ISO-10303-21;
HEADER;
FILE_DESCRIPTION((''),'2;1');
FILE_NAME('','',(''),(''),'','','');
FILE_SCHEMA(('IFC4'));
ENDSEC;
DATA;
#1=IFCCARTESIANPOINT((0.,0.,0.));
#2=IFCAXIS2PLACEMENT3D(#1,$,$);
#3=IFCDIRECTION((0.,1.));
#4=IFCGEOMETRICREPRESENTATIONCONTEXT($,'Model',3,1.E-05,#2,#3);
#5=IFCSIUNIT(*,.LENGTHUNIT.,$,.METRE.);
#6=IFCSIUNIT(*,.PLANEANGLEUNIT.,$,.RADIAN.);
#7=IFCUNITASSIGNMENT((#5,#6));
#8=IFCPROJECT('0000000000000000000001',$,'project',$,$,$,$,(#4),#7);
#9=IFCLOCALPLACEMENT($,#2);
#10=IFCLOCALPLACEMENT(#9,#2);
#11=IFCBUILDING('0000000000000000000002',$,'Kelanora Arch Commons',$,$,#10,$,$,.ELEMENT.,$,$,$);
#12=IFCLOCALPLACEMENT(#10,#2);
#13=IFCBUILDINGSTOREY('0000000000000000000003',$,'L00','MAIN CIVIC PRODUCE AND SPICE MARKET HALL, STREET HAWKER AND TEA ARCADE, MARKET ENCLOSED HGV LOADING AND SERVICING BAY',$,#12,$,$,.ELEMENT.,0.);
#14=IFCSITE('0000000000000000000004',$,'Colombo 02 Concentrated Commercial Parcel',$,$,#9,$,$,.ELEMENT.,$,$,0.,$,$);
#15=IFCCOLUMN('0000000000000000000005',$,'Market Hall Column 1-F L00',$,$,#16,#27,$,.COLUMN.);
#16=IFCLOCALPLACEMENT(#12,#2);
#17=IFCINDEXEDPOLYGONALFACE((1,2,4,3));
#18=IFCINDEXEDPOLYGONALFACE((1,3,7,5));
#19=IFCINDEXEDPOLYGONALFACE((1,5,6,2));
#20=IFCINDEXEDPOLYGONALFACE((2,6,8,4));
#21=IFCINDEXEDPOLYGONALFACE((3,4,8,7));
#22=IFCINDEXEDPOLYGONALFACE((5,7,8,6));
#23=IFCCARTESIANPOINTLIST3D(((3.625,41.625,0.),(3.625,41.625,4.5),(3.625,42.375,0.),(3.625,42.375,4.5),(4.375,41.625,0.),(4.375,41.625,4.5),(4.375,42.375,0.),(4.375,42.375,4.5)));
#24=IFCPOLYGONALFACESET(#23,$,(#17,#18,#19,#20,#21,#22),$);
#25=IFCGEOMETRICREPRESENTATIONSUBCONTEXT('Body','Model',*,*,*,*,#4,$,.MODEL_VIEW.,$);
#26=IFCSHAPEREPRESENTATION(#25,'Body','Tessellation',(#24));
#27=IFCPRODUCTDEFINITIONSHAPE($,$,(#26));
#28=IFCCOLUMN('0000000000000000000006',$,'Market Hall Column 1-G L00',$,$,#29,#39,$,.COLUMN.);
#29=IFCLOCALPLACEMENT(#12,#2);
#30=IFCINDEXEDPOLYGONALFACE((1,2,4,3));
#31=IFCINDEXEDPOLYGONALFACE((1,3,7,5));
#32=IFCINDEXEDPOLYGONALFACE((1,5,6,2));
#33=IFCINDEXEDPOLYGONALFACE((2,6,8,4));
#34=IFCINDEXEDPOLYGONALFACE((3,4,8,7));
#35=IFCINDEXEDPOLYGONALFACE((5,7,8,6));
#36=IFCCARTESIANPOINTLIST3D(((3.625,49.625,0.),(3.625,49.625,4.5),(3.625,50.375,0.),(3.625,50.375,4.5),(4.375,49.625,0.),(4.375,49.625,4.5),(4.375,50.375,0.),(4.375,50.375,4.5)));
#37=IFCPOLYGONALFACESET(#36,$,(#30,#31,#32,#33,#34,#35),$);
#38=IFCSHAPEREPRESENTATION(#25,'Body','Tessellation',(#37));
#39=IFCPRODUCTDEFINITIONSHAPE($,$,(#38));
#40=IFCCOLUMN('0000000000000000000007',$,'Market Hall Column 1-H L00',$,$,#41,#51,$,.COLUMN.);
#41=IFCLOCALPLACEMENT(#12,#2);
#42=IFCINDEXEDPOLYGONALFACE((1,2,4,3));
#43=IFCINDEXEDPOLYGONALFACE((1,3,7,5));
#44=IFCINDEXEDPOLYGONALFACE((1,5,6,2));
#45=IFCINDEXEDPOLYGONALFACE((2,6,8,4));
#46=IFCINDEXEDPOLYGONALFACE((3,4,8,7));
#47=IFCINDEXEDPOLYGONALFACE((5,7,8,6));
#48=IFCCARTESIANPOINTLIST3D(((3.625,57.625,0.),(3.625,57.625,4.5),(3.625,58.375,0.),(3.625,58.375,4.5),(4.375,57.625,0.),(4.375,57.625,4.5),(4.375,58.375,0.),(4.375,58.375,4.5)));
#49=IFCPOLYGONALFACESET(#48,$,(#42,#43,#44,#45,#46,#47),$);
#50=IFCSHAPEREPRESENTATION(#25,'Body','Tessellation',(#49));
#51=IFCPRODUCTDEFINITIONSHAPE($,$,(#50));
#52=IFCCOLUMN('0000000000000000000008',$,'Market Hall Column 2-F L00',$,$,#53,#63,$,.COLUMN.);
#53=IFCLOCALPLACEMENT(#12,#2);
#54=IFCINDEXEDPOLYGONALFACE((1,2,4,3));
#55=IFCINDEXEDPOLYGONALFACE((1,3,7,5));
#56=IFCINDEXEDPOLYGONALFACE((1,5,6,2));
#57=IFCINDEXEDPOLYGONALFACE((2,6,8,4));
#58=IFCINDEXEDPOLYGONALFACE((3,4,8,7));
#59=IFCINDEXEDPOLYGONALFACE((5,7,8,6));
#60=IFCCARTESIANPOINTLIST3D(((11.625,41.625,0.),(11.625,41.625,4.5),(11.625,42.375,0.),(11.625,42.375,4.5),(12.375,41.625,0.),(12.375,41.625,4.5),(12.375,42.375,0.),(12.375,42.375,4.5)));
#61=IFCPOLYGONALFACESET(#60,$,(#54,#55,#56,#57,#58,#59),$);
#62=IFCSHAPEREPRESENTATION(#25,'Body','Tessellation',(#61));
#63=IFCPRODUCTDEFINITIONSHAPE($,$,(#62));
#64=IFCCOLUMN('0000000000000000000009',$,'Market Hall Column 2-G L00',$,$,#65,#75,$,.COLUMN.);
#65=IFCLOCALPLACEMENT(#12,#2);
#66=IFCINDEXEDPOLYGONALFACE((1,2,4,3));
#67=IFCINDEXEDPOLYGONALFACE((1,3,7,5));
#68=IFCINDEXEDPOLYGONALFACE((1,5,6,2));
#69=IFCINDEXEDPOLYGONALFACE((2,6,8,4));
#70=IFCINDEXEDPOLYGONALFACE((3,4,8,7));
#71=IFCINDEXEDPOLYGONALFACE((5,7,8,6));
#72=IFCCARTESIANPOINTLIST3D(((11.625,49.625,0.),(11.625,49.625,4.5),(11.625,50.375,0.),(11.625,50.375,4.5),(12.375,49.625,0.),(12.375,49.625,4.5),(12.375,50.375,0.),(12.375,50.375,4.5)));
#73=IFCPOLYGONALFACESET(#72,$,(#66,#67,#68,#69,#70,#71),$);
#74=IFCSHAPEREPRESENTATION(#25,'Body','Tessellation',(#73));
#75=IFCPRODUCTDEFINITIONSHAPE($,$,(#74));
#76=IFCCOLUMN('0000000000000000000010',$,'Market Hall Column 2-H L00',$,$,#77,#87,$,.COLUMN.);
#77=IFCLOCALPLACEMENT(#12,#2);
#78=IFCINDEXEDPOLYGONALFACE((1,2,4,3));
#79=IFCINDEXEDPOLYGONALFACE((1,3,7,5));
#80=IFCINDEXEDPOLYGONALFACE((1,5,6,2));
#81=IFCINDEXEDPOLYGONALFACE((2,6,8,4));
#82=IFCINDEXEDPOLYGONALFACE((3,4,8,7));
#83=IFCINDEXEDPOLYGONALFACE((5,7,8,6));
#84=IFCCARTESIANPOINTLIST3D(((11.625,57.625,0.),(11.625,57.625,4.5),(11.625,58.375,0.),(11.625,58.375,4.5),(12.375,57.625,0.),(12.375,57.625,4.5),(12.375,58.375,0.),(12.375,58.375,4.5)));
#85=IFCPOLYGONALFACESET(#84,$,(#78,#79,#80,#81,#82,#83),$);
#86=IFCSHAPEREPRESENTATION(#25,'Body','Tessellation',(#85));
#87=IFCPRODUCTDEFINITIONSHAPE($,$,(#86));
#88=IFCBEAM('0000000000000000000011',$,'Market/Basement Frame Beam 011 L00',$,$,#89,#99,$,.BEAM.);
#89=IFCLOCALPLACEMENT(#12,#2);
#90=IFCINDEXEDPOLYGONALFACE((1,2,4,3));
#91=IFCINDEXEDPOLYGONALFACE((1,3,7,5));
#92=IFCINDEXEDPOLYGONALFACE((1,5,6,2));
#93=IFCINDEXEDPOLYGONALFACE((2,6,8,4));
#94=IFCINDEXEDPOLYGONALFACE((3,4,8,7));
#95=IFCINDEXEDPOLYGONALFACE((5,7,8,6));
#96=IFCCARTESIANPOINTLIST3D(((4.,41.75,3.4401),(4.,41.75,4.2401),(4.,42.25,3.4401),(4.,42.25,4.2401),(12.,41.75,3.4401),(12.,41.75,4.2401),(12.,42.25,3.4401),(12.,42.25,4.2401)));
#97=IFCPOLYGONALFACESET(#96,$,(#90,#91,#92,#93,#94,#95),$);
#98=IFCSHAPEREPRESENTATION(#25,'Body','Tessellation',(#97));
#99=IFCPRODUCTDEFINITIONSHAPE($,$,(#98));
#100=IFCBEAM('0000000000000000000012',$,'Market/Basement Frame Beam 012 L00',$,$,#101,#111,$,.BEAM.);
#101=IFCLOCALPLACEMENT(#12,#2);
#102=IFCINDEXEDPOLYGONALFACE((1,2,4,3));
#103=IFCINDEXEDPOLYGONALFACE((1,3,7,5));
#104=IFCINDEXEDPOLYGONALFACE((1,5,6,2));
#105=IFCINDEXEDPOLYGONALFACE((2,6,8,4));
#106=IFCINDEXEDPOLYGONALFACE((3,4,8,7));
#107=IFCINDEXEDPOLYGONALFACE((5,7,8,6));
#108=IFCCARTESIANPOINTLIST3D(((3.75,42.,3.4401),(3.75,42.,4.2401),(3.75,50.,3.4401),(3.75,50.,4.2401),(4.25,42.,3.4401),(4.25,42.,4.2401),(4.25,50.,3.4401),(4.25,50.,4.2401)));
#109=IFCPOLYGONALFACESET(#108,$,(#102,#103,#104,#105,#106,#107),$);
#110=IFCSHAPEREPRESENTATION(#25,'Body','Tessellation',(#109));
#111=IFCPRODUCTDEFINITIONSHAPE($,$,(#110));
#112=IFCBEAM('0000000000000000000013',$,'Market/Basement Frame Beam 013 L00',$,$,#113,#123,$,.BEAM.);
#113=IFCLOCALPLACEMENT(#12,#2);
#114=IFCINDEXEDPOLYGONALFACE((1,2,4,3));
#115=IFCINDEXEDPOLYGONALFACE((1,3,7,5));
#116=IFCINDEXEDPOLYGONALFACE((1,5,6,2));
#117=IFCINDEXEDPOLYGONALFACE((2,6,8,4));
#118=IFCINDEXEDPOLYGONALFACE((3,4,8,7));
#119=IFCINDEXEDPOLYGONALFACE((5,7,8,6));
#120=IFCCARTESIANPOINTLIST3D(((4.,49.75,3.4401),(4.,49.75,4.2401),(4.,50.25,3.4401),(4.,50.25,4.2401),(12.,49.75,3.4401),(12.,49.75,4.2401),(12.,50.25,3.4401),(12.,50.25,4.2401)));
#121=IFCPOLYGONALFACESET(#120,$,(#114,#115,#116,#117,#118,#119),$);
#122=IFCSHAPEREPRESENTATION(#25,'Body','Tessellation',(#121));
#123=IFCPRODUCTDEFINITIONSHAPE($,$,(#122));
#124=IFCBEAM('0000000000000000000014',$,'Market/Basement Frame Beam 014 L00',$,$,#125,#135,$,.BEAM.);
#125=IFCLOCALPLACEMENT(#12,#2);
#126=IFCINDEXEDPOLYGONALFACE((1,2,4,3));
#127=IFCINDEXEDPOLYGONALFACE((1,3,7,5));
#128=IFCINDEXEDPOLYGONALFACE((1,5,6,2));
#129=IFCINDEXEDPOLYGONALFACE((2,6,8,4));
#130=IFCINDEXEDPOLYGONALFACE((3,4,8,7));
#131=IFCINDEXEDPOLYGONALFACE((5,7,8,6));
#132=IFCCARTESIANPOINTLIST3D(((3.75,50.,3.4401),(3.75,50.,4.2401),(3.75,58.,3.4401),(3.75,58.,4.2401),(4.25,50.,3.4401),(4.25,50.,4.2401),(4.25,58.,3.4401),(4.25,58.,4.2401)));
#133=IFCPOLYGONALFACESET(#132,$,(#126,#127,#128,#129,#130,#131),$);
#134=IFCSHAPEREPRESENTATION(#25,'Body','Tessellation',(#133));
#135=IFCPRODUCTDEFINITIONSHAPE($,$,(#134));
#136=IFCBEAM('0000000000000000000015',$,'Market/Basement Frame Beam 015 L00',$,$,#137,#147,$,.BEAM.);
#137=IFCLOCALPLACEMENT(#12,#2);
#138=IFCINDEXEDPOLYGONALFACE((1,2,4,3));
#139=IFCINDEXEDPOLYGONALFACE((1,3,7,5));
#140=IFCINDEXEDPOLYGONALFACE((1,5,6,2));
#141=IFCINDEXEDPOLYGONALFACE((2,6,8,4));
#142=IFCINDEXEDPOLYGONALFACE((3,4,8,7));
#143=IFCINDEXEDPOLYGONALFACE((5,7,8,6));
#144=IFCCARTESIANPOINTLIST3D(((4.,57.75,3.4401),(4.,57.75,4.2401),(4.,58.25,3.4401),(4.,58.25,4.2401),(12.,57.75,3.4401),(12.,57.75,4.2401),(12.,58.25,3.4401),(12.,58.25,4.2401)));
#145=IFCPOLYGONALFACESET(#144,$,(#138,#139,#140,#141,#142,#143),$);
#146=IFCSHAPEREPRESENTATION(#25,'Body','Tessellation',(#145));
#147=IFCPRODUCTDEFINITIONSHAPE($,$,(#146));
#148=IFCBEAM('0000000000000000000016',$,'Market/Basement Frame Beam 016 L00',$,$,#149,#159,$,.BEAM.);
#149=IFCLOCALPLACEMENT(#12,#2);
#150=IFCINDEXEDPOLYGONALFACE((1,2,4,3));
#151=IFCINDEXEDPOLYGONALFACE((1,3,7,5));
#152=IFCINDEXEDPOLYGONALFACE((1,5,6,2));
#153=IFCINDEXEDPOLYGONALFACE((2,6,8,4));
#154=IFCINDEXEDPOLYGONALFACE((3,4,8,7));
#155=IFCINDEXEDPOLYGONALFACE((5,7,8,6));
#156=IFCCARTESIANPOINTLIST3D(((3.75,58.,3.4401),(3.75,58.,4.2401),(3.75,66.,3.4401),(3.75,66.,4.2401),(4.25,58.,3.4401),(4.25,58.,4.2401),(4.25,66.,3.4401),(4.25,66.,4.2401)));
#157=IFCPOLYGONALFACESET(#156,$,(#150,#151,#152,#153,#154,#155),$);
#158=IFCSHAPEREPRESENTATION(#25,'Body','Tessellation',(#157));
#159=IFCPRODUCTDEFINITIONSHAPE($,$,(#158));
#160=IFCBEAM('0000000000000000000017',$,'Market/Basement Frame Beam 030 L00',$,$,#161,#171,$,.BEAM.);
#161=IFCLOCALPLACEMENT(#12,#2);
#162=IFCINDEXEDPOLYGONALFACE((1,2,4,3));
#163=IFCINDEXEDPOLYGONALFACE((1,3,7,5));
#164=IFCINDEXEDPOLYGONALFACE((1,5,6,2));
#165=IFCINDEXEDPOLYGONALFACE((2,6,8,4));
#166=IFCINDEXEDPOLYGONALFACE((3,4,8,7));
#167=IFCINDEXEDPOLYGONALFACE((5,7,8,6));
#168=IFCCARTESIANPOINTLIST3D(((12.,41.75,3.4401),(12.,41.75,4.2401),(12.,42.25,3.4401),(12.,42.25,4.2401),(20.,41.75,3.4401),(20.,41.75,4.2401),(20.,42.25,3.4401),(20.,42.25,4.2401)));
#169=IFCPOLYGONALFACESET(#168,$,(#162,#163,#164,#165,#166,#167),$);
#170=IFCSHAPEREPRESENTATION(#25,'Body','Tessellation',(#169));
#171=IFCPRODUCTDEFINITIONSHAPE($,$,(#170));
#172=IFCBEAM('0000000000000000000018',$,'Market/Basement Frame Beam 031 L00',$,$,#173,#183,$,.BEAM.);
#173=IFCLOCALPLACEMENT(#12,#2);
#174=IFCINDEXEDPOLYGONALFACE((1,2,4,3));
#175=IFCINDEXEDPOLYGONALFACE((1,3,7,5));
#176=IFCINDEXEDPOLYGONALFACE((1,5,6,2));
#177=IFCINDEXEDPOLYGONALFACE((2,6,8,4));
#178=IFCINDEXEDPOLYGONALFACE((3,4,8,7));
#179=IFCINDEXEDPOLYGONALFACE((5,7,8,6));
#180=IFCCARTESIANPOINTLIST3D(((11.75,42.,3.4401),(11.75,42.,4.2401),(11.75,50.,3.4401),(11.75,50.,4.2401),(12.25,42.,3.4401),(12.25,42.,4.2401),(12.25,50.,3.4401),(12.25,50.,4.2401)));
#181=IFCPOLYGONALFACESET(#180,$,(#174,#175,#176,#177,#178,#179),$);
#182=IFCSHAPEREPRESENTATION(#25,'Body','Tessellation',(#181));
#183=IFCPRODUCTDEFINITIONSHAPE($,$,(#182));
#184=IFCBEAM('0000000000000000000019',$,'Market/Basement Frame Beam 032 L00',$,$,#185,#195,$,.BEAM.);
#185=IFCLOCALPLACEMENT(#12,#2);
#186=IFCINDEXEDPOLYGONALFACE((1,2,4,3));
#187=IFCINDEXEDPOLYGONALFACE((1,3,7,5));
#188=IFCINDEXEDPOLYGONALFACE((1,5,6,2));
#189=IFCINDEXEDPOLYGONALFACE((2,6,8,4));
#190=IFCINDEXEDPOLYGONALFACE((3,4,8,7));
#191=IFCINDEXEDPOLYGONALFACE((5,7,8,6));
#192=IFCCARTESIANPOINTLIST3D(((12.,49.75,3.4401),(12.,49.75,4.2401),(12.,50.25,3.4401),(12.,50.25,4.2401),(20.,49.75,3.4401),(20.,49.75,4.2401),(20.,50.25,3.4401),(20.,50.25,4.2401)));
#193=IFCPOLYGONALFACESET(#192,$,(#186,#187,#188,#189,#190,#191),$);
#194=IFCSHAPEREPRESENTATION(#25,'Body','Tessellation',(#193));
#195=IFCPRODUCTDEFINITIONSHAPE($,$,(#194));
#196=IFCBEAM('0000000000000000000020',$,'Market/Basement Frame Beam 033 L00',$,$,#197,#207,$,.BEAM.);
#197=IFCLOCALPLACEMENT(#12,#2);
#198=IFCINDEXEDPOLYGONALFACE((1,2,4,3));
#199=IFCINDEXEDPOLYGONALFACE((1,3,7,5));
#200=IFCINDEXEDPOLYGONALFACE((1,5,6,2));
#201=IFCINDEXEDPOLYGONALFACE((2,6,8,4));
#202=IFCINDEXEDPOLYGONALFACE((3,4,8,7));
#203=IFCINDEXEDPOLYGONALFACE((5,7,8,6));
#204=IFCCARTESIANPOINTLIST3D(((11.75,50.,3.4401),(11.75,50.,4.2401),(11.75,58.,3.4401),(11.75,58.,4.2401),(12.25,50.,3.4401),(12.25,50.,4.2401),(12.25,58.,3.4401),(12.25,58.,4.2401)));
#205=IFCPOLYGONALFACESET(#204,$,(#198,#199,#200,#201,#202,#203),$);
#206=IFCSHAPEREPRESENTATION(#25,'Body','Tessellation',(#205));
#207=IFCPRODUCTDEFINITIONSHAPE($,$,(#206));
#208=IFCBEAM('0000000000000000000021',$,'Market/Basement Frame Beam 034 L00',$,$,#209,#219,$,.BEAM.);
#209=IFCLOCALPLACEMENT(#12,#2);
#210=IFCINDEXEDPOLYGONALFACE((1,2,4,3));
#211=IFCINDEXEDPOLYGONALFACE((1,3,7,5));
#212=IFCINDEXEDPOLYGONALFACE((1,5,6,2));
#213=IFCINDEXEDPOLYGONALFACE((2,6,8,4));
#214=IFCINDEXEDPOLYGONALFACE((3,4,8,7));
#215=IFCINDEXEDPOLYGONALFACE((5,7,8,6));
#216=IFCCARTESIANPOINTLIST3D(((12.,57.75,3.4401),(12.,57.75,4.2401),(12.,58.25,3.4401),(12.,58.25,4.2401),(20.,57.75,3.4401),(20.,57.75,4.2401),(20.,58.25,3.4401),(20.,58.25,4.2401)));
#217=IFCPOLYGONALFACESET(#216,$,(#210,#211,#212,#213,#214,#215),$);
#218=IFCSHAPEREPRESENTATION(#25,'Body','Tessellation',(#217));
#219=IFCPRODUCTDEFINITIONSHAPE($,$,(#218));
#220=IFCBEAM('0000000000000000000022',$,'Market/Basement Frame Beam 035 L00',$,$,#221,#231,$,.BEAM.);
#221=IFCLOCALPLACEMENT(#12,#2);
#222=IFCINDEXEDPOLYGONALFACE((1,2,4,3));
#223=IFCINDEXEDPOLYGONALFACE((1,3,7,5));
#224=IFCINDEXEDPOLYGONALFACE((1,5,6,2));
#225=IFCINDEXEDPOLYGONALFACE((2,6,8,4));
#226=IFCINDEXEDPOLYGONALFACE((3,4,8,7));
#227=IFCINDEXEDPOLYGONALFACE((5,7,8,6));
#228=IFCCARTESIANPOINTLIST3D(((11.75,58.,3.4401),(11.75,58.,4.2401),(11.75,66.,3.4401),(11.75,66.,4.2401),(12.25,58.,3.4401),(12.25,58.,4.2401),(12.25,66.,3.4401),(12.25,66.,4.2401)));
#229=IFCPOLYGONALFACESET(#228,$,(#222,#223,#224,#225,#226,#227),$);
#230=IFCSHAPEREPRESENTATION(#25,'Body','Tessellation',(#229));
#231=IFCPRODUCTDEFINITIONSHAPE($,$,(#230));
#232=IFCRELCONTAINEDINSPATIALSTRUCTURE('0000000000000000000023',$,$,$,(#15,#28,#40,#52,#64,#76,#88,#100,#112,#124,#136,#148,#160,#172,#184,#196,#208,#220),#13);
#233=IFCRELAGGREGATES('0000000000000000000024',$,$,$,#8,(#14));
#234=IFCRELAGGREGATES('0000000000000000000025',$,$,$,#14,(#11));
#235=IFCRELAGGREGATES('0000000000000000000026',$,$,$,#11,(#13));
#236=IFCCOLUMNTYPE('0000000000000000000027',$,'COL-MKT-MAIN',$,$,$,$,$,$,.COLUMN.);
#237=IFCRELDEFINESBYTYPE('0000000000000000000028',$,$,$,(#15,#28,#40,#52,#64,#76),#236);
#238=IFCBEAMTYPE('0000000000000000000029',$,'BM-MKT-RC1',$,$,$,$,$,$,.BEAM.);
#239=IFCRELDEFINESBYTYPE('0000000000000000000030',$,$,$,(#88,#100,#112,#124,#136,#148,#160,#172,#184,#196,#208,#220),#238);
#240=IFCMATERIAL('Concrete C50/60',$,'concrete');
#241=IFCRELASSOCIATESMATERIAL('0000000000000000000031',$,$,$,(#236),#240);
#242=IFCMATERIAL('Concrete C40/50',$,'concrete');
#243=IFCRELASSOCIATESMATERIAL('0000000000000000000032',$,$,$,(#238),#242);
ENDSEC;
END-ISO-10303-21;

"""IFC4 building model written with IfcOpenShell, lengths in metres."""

from ifc_helpers import new_model, si_unit, direction, frame, origin, origin_2d, place, context, subcontext, project, spatial, rectangle, extrude, material, material_profile, profile_set, type_object, element, save


model = new_model("IFC4")

# Units and contexts
model_context = context("Model", 3, precision=1e-05, world=origin(), true_north=direction((0.0, 1.0)))
body_context = subcontext(model_context, "Body", "Model", "MODEL_VIEW")
ifc_project = project(units=[si_unit("LENGTHUNIT", "METRE"), si_unit("PLANEANGLEUNIT", "RADIAN")], contexts=[model_context])

# Site, building, storey
site_placement = place(None, origin())
site = spatial("IfcSite", under=ifc_project, at=site_placement, Name="Colombo 02 Concentrated Commercial Parcel", CompositionType="ELEMENT", RefElevation=0.0)
building_placement = place(site_placement, origin())
building = spatial("IfcBuilding", under=site, at=building_placement, Name="Kelanora Arch Commons", CompositionType="ELEMENT")
storey_placement = place(building_placement, origin())
storey = spatial("IfcBuildingStorey", under=building, at=storey_placement, Name="L00", Description="MAIN CIVIC PRODUCE AND SPICE MARKET HALL, STREET HAWKER AND TEA ARCADE, MARKET ENCLOSED HGV LOADING AND SERVICING BAY", CompositionType="ELEMENT", Elevation=0.0)

# Columns
ifc_material_1 = material(Name="Concrete C50/60", Category="concrete")
ifc_material_profile_1 = material_profile(ifc_material_1, rectangle(XDim=0.75, YDim=0.75, at=origin_2d()), Name="RC750x750")
ifc_profile_set_1 = profile_set([ifc_material_profile_1], Name="Concrete C50/60")
column_type = type_object("IfcColumnType", Name="COL-MKT-MAIN", PredefinedType="COLUMN", material=ifc_profile_set_1)
for number, where, z_axis, x_axis, name in (
    (1, (4.0, 42.0, 0.0), (0.0, 0.0, 1.0), (1.0, 0.0, 0.0), "Market Hall Column 1-F L00"),
    (2, (4.0, 50.0, 0.0), (0.0, 0.0, 1.0), (1.0, 0.0, 0.0), "Market Hall Column 1-G L00"),
    (3, (4.0, 58.0, 0.0), (0.0, 0.0, 1.0), (1.0, 0.0, 0.0), "Market Hall Column 1-H L00"),
    (4, (12.0, 42.0, 0.0), (0.0, 0.0, 1.0), (1.0, 0.0, 0.0), "Market Hall Column 2-F L00"),
    (5, (12.0, 50.0, 0.0), (0.0, 0.0, 1.0), (1.0, 0.0, 0.0), "Market Hall Column 2-G L00"),
    (6, (12.0, 58.0, 0.0), (0.0, 0.0, 1.0), (1.0, 0.0, 0.0), "Market Hall Column 2-H L00"),
):
    element("IfcColumn", number, at=place(storey_placement, frame(where, z_axis=z_axis, x_axis=x_axis)), inside=storey, type_object=column_type, Name=name, PredefinedType="COLUMN", context=body_context, shape_type="SweptSolid", body=[
        extrude(rectangle(XDim=0.75, YDim=0.75, at=origin_2d()), origin(), (0.0, 0.0, 1.0), 4.5),
    ])

# Beams
ifc_material_2 = material(Name="Concrete C40/50", Category="concrete")
ifc_material_profile_2 = material_profile(ifc_material_2, rectangle(XDim=0.5, YDim=0.8, at=origin_2d()), Name="RCB500x800")
ifc_profile_set_2 = profile_set([ifc_material_profile_2], Name="Concrete C40/50")
beam_type = type_object("IfcBeamType", Name="BM-MKT-RC1", PredefinedType="BEAM", material=ifc_profile_set_2)
for number, where, z_axis, x_axis, name in (
    (7, (4.0, 42.0, 3.8401), (1.0, 0.0, 0.0), (0.0, 1.0, 0.0), "Market/Basement Frame Beam 011 L00"),
    (8, (4.0, 42.0, 3.8401), (0.0, 1.0, 0.0), (-1.0, 0.0, 0.0), "Market/Basement Frame Beam 012 L00"),
    (9, (4.0, 50.0, 3.8401), (1.0, 0.0, 0.0), (0.0, 1.0, 0.0), "Market/Basement Frame Beam 013 L00"),
    (10, (4.0, 50.0, 3.8401), (0.0, 1.0, 0.0), (-1.0, 0.0, 0.0), "Market/Basement Frame Beam 014 L00"),
    (11, (4.0, 58.0, 3.8401), (1.0, 0.0, 0.0), (0.0, 1.0, 0.0), "Market/Basement Frame Beam 015 L00"),
    (12, (4.0, 58.0, 3.8401), (0.0, 1.0, 0.0), (-1.0, 0.0, 0.0), "Market/Basement Frame Beam 016 L00"),
    (13, (12.0, 42.0, 3.8401), (1.0, 0.0, 0.0), (0.0, 1.0, 0.0), "Market/Basement Frame Beam 030 L00"),
    (14, (12.0, 42.0, 3.8401), (0.0, 1.0, 0.0), (-1.0, 0.0, 0.0), "Market/Basement Frame Beam 031 L00"),
    (15, (12.0, 50.0, 3.8401), (1.0, 0.0, 0.0), (0.0, 1.0, 0.0), "Market/Basement Frame Beam 032 L00"),
    (16, (12.0, 50.0, 3.8401), (0.0, 1.0, 0.0), (-1.0, 0.0, 0.0), "Market/Basement Frame Beam 033 L00"),
    (17, (12.0, 58.0, 3.8401), (1.0, 0.0, 0.0), (0.0, 1.0, 0.0), "Market/Basement Frame Beam 034 L00"),
    (18, (12.0, 58.0, 3.8401), (0.0, 1.0, 0.0), (-1.0, 0.0, 0.0), "Market/Basement Frame Beam 035 L00"),
):
    element("IfcBeam", number, at=place(storey_placement, frame(where, z_axis=z_axis, x_axis=x_axis)), inside=storey, type_object=beam_type, Name=name, PredefinedType="BEAM", context=body_context, shape_type="SweptSolid", body=[
        extrude(rectangle(XDim=0.5, YDim=0.8, at=origin_2d()), origin(), (0.0, 0.0, 1.0), 8.0),
    ])

save(model, "model.ifc")
